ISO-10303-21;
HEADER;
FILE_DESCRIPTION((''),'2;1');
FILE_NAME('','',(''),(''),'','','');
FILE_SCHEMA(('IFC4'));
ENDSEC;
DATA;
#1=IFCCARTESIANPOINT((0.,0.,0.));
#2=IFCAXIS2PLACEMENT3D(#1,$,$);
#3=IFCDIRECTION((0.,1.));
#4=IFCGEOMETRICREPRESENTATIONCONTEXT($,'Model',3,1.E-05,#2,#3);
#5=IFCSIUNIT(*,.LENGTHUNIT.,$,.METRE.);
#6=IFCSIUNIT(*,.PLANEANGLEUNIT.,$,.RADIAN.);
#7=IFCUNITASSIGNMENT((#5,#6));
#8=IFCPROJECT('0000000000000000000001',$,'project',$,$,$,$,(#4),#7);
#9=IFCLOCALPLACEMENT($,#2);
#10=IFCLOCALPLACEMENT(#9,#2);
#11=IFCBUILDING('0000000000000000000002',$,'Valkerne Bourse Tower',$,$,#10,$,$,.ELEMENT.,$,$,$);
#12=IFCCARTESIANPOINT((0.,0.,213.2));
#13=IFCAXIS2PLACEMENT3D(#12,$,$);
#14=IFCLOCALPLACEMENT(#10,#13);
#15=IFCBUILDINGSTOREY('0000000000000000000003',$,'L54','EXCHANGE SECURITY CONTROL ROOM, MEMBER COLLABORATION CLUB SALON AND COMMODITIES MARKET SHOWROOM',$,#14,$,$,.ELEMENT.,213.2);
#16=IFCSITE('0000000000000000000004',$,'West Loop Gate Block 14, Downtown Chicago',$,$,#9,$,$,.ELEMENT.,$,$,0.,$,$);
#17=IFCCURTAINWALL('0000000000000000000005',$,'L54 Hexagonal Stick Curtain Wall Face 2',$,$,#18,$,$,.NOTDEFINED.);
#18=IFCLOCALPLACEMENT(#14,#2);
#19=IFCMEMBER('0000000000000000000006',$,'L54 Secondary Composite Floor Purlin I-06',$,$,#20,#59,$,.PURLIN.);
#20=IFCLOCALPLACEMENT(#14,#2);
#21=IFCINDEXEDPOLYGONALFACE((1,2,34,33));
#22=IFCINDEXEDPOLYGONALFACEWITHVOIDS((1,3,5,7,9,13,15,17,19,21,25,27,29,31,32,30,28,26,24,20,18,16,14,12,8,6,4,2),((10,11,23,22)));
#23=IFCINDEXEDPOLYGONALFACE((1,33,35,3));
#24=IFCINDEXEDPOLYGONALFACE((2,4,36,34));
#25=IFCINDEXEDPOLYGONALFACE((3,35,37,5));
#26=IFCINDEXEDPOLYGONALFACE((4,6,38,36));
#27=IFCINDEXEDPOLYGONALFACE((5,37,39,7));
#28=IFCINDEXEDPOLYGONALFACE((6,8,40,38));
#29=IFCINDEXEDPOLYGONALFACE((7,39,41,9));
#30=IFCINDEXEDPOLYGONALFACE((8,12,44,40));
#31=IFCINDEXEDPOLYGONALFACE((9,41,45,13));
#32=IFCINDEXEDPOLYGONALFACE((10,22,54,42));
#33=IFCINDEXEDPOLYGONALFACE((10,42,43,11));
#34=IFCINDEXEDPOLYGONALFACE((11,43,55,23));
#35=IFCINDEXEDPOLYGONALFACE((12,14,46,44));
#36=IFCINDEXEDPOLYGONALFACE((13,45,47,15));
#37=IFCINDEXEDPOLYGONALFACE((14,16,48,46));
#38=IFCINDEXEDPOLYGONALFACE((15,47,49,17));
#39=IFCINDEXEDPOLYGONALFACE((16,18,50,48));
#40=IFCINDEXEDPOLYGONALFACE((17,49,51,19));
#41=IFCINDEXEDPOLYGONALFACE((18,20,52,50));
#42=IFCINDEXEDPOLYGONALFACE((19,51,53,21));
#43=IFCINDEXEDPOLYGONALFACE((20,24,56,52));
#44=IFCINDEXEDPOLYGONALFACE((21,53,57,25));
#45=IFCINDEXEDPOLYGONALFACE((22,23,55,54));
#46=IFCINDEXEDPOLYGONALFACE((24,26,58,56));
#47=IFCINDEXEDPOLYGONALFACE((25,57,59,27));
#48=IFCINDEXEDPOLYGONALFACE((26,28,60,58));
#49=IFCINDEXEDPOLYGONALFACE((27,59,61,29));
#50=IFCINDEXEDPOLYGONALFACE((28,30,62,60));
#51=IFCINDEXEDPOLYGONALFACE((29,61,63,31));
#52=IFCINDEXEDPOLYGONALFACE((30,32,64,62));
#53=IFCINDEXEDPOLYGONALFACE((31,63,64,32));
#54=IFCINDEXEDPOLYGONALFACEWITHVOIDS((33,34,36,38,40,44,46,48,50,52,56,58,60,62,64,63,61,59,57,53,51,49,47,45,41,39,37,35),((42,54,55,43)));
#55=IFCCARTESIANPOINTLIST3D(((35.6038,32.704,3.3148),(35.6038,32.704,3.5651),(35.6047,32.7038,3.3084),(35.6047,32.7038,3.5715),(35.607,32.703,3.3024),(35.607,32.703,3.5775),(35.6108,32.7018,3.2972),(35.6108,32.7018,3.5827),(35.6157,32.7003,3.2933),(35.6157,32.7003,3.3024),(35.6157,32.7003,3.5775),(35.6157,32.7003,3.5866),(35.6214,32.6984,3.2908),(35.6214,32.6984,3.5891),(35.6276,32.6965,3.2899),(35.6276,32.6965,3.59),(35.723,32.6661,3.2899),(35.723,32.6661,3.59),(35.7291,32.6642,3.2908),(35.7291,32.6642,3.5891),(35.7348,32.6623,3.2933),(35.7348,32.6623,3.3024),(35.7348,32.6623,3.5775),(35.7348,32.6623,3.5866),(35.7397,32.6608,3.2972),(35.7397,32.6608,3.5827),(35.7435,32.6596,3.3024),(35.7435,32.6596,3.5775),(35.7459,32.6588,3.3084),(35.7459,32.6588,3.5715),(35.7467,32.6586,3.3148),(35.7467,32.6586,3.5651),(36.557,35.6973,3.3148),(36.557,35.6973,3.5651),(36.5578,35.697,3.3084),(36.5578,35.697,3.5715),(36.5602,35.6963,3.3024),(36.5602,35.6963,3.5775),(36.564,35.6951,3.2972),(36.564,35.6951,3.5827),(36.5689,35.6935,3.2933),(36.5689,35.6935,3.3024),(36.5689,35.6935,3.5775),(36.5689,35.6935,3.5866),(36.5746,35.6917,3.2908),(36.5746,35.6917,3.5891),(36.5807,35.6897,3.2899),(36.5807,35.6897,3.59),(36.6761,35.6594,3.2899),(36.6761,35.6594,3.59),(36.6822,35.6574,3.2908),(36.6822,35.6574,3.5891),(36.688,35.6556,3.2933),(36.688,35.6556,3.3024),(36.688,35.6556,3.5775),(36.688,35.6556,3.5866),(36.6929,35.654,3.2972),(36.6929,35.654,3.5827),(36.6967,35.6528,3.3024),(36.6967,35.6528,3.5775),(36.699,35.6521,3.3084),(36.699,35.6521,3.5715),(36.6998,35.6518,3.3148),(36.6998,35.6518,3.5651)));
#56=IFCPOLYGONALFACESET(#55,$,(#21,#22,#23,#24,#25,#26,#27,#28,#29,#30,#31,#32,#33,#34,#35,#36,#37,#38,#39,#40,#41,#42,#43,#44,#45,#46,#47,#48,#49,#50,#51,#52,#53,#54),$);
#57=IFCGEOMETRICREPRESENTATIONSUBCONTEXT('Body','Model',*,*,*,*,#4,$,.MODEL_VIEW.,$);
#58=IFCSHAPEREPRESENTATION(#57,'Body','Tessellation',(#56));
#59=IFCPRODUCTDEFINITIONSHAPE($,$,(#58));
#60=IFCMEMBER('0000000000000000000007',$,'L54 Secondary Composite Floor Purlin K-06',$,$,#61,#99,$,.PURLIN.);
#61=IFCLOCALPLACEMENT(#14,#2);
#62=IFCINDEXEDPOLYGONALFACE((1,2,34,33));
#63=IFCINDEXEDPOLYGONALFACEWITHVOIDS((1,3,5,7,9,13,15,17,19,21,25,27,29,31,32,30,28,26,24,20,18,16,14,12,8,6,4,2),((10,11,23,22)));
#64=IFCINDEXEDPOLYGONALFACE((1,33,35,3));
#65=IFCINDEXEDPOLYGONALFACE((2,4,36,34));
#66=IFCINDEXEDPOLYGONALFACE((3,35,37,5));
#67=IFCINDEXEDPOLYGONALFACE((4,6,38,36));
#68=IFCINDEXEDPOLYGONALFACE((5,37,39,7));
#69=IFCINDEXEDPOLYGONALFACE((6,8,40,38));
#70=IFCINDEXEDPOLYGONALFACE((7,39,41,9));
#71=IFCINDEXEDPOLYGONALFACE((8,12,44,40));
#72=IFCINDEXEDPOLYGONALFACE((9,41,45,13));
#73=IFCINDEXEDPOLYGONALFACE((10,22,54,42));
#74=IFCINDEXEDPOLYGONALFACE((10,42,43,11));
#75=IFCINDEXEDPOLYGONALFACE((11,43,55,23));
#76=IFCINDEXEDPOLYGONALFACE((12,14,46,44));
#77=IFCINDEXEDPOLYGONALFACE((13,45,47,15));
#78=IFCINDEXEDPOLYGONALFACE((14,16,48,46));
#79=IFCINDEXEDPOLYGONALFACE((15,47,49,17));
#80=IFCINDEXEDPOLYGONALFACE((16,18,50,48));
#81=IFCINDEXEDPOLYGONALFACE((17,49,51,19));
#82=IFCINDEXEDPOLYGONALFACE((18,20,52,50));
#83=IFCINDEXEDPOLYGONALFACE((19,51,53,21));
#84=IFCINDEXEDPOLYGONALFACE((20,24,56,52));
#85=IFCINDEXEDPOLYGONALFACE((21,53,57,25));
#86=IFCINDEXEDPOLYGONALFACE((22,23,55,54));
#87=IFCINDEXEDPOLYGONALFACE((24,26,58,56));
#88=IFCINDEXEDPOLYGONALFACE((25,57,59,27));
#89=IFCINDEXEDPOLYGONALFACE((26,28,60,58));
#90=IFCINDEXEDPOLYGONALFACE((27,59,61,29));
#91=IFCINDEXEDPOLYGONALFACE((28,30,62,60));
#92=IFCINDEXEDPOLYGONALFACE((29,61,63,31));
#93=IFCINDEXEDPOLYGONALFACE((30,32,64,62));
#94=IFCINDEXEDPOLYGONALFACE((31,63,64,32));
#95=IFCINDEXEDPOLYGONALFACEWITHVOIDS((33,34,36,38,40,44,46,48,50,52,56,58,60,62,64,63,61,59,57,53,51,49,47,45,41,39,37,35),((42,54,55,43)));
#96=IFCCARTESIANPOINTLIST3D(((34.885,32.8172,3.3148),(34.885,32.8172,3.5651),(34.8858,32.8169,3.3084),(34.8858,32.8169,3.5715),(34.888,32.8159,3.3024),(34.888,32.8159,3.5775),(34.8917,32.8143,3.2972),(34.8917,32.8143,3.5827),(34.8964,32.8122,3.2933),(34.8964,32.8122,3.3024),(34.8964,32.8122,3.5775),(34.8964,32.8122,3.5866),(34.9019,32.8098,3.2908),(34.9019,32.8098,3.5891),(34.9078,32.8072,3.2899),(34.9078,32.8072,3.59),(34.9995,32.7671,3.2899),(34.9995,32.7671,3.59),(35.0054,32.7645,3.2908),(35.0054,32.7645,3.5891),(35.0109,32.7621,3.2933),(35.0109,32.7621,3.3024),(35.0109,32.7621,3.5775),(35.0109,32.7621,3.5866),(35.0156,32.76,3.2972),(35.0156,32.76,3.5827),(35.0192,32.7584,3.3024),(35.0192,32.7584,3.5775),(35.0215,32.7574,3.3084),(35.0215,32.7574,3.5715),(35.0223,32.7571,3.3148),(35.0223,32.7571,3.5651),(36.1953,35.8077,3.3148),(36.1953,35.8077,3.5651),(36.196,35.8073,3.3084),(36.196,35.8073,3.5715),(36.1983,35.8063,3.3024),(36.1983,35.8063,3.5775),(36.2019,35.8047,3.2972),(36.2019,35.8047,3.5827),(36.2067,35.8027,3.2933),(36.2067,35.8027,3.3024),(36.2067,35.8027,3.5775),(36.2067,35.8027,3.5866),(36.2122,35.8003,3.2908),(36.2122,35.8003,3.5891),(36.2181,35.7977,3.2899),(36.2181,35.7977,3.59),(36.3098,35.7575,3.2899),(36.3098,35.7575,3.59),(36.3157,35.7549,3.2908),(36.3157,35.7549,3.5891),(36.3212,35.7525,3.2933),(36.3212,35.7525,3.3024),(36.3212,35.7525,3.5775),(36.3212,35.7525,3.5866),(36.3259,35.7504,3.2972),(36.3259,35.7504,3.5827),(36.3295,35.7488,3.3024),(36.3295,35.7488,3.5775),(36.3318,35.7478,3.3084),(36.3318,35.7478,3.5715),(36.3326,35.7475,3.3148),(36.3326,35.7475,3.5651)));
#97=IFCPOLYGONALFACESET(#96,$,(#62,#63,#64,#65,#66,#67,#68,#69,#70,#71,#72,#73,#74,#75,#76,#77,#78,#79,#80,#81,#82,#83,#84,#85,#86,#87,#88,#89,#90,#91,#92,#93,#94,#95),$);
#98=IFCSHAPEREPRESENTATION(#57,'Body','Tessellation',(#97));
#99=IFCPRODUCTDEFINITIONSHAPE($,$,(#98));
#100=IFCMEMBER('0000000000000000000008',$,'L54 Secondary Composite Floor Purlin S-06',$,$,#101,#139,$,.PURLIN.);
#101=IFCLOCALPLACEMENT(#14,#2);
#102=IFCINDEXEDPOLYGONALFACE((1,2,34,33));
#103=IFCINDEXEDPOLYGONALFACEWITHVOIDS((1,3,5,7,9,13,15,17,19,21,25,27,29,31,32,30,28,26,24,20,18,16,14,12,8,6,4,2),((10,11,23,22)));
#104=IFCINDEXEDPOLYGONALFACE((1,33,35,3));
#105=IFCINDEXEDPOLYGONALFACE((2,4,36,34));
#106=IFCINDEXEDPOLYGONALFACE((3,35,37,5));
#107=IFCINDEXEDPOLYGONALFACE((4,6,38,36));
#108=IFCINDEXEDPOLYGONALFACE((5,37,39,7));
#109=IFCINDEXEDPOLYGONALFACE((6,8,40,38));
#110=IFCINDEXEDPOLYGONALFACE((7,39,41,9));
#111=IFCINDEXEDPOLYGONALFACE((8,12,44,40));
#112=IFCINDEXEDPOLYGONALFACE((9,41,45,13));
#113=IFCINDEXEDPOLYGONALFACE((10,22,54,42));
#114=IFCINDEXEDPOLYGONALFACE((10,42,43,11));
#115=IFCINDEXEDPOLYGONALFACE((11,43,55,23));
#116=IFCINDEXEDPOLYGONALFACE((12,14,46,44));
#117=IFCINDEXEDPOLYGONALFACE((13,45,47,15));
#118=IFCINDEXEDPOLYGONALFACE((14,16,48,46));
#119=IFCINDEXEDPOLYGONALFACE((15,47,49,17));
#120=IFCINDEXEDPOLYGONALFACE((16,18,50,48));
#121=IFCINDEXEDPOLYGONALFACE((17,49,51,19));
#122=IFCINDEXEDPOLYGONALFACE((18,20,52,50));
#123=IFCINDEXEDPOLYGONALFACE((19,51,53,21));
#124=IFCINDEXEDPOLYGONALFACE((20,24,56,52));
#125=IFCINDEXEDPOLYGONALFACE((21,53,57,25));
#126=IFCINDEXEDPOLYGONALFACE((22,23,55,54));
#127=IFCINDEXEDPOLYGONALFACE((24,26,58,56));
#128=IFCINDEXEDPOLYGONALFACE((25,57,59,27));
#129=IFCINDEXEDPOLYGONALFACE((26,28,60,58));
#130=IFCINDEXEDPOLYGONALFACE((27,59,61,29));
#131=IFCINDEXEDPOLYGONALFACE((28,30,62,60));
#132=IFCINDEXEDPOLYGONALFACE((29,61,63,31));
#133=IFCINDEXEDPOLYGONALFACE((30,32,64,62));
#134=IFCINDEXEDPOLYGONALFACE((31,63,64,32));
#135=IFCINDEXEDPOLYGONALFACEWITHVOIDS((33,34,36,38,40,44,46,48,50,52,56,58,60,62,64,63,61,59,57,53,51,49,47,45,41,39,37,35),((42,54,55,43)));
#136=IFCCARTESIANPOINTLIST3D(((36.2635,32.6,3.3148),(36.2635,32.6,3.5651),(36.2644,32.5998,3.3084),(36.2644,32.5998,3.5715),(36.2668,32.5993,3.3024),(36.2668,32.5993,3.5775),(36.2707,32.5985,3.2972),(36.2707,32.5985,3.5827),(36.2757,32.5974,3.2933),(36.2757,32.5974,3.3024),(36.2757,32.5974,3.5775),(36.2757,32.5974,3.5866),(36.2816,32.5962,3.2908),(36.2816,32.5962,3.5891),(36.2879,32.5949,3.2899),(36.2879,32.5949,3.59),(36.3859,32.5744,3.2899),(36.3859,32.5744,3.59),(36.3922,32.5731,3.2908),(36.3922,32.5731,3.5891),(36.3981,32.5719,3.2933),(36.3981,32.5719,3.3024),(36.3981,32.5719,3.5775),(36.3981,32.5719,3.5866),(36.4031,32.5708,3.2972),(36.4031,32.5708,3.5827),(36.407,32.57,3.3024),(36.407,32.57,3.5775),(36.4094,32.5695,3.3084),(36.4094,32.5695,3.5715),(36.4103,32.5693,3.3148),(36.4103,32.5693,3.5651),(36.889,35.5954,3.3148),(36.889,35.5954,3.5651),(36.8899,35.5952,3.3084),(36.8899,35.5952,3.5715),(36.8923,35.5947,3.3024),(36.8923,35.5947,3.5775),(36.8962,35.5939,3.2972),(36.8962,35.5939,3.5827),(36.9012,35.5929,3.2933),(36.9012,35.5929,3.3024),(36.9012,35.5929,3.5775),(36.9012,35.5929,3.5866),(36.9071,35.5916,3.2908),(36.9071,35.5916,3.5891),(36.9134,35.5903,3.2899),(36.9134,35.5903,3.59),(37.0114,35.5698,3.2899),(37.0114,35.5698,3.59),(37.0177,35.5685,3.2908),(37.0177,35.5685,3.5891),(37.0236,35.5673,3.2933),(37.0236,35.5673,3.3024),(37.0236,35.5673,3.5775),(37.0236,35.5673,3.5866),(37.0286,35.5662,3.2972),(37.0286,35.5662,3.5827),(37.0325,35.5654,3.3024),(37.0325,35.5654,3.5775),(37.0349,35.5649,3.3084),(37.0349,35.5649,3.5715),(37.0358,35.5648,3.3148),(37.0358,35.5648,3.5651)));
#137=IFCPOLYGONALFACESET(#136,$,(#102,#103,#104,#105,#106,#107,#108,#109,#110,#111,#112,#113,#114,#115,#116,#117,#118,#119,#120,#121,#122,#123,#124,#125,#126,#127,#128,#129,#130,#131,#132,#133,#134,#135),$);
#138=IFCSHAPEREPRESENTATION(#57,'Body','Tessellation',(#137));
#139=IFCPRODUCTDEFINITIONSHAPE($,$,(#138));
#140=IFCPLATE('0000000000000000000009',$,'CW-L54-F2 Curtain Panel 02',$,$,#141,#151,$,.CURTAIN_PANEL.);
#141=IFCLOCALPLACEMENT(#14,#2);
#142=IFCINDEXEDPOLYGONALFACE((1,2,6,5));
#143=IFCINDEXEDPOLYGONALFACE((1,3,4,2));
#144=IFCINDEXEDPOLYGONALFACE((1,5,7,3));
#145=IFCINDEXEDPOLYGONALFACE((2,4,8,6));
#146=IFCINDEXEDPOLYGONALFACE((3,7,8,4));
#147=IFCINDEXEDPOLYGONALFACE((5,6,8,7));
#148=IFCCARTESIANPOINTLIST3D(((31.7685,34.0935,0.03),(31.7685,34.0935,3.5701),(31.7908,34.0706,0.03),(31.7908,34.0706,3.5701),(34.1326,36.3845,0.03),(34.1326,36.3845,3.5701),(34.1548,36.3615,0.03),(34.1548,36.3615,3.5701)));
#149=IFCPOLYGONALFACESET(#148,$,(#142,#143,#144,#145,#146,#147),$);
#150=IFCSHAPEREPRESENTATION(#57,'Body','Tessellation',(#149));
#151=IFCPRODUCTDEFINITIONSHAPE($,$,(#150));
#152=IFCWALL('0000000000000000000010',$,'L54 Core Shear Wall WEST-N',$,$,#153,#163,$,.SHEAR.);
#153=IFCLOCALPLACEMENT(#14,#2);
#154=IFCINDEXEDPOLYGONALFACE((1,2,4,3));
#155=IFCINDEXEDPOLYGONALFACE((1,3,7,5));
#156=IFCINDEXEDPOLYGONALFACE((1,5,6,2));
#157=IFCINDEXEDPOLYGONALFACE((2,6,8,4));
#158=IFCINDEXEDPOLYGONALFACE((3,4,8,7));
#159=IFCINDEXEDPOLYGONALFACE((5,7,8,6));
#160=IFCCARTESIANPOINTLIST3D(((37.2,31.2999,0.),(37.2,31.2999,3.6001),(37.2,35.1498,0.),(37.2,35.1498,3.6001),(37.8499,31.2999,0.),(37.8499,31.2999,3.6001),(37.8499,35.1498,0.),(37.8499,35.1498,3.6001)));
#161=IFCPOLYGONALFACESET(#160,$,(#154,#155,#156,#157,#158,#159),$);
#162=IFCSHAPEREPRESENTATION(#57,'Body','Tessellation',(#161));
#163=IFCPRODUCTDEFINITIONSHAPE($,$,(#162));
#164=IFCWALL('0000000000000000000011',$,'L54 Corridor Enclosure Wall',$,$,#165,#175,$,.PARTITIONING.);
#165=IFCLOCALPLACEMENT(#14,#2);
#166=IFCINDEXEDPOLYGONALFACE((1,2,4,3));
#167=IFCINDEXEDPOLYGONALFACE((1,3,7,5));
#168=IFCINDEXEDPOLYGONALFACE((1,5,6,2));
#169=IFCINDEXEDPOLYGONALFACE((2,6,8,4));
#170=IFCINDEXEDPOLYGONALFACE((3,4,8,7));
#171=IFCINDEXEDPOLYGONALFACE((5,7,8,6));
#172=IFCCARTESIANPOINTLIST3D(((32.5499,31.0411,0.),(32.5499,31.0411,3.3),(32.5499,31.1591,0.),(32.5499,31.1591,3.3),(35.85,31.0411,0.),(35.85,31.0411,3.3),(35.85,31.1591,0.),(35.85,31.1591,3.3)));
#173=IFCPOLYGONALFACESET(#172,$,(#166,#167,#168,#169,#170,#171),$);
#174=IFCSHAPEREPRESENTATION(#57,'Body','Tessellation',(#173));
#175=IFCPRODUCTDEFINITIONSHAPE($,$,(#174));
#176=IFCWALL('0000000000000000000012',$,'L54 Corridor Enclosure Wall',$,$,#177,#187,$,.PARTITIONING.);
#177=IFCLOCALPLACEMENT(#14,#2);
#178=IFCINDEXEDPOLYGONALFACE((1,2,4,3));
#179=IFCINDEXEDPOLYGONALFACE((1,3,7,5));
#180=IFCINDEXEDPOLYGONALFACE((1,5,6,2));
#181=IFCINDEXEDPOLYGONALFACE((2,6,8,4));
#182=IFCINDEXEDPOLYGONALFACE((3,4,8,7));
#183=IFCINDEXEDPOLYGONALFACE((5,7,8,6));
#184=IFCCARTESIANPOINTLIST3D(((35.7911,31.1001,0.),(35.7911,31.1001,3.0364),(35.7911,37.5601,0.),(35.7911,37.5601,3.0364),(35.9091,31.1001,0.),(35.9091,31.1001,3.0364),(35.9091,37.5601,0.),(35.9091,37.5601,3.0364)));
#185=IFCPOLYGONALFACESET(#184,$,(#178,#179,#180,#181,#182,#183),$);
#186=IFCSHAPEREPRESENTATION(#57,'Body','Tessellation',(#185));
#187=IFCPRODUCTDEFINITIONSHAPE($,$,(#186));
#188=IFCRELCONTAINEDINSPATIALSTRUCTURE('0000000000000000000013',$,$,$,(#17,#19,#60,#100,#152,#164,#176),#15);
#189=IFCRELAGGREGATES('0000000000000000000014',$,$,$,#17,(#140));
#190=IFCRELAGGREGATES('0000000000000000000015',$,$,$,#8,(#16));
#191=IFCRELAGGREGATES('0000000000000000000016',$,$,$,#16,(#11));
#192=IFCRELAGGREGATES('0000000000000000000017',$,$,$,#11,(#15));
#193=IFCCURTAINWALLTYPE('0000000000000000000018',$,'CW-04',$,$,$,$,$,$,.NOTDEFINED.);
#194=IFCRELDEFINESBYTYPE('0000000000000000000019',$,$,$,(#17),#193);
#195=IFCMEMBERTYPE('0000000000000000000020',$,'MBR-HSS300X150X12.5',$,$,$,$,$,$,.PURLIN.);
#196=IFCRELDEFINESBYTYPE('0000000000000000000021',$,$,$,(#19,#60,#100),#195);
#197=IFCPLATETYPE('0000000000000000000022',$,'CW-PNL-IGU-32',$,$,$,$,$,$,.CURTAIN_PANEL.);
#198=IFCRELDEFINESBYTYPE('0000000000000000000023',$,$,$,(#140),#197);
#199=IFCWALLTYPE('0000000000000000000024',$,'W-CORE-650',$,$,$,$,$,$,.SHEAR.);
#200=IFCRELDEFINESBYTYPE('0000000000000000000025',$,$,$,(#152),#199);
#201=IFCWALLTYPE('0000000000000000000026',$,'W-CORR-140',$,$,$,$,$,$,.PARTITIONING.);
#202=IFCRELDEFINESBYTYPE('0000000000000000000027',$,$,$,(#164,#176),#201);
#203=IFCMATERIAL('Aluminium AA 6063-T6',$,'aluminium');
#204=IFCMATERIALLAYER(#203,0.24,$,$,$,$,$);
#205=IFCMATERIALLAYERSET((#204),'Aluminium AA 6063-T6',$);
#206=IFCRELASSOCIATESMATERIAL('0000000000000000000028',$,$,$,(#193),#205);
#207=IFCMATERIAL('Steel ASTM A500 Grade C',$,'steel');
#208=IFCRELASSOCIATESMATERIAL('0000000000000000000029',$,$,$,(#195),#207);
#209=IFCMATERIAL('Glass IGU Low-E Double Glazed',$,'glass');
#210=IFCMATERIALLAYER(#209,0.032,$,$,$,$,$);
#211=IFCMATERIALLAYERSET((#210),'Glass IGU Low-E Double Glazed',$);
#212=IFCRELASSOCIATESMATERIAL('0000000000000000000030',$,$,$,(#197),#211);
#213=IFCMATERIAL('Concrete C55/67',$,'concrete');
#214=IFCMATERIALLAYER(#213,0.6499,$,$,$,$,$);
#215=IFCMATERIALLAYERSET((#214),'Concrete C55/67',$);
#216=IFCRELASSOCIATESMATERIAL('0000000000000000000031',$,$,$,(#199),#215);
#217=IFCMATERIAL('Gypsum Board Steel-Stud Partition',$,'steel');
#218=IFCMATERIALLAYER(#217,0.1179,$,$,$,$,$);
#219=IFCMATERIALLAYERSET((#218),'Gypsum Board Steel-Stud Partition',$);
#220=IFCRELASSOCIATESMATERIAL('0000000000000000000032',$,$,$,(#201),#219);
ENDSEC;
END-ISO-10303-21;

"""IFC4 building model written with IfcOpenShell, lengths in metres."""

from ifc_helpers import new_model, si_unit, direction, frame, frame_2d, origin, origin_2d, place, context, subcontext, project, spatial, rectangle, hollow_rectangle, extrude, material, layer, layer_set, material_profile, profile_set, type_object, element, aggregate, save


model = new_model("IFC4")

# Units and contexts
model_context = context("Model", 3, precision=1e-05, world=origin(), true_north=direction((0.0, 1.0)))
body_context = subcontext(model_context, "Body", "Model", "MODEL_VIEW")
ifc_project = project(units=[si_unit("LENGTHUNIT", "METRE"), si_unit("PLANEANGLEUNIT", "RADIAN")], contexts=[model_context])

# Site, building, storey
site_placement = place(None, origin())
site = spatial("IfcSite", under=ifc_project, at=site_placement, Name="West Loop Gate Block 14, Downtown Chicago", CompositionType="ELEMENT", RefElevation=0.0)
building_placement = place(site_placement, origin())
building = spatial("IfcBuilding", under=site, at=building_placement, Name="Valkerne Bourse Tower", CompositionType="ELEMENT")
storey_placement = place(building_placement, frame((0.0, 0.0, 213.2)))
storey = spatial("IfcBuildingStorey", under=building, at=storey_placement, Name="L54", Description="EXCHANGE SECURITY CONTROL ROOM, MEMBER COLLABORATION CLUB SALON AND COMMODITIES MARKET SHOWROOM", CompositionType="ELEMENT", Elevation=213.2)

# Curtain wall
ifc_material_1 = material(Name="Aluminium AA 6063-T6", Category="aluminium")
ifc_layer_1 = layer(ifc_material_1, 0.24)
ifc_layer_set_1 = layer_set([ifc_layer_1], Name="Aluminium AA 6063-T6")
curtain_wall_type = type_object("IfcCurtainWallType", Name="CW-04", PredefinedType="NOTDEFINED", material=ifc_layer_set_1)
curtain_wall_1_placement = place(storey_placement, origin())
curtain_wall_1 = element("IfcCurtainWall", 1, at=curtain_wall_1_placement, inside=storey, type_object=curtain_wall_type, Name="L54 Hexagonal Stick Curtain Wall Face 2", PredefinedType="NOTDEFINED")

# Members
ifc_material_2 = material(Name="Steel ASTM A500 Grade C", Category="steel")
ifc_material_profile_1 = material_profile(ifc_material_2, hollow_rectangle(XDim=0.1499, YDim=0.3, WallThickness=0.0125, OuterFilletRadius=0.0249, at=origin_2d()), Name="HSS300X150X12.5")
ifc_profile_set_1 = profile_set([ifc_material_profile_1], Name="Steel ASTM A500 Grade C")
member_type_1 = type_object("IfcMemberType", Name="MBR-HSS300X150X12.5", PredefinedType="PURLIN", material=ifc_profile_set_1)
member_1_placement = place(storey_placement, frame((36.6284, 35.6746, 3.4399), z_axis=(-0.303422, -0.952856, 0.0), x_axis=(0.952856, -0.303422, 0.0)))
element("IfcMember", 2, at=member_1_placement, inside=storey, type_object=member_type_1, Name="L54 Secondary Composite Floor Purlin I-06", PredefinedType="PURLIN", context=body_context, shape_type="SweptSolid", body=[
    extrude(hollow_rectangle(XDim=0.1499, YDim=0.3, WallThickness=0.0125, OuterFilletRadius=0.0249, at=origin_2d()), origin(), (0.0, 0.0, 1.0), 3.1414),
])
member_2_placement = place(storey_placement, frame((36.2639, 35.7776, 3.4399), z_axis=(-0.401325, -0.915936, 0.0), x_axis=(0.915936, -0.401325, 0.0)))
element("IfcMember", 3, at=member_2_placement, inside=storey, type_object=member_type_1, Name="L54 Secondary Composite Floor Purlin K-06", PredefinedType="PURLIN", context=body_context, shape_type="SweptSolid", body=[
    extrude(hollow_rectangle(XDim=0.1499, YDim=0.3, WallThickness=0.0125, OuterFilletRadius=0.0249, at=origin_2d()), origin(), (0.0, 0.0, 1.0), 3.2649),
])
member_3_placement = place(storey_placement, frame((36.9624, 35.5801, 3.4399), z_axis=(-0.20441, -0.978885, 0.0), x_axis=(0.978885, -0.20441, 0.0)))
element("IfcMember", 4, at=member_3_placement, inside=storey, type_object=member_type_1, Name="L54 Secondary Composite Floor Purlin S-06", PredefinedType="PURLIN", context=body_context, shape_type="SweptSolid", body=[
    extrude(hollow_rectangle(XDim=0.1499, YDim=0.3, WallThickness=0.0125, OuterFilletRadius=0.0249, at=origin_2d()), origin(), (0.0, 0.0, 1.0), 3.0601),
])

# Plate
ifc_material_3 = material(Name="Glass IGU Low-E Double Glazed", Category="glass")
ifc_layer_2 = layer(ifc_material_3, 0.032)
ifc_layer_set_2 = layer_set([ifc_layer_2], Name="Glass IGU Low-E Double Glazed")
plate_type = type_object("IfcPlateType", Name="CW-PNL-IGU-32", PredefinedType="CURTAIN_PANEL", material=ifc_layer_set_2)
plate_placement = place(storey_placement, frame((32.9617, 35.2275, 0.03), z_axis=(0.0, 0.0, 1.0), x_axis=(-0.718119, -0.69592, 0.0)))
plate = element("IfcPlate", 5, at=plate_placement, type_object=plate_type, Name="CW-L54-F2 Curtain Panel 02", PredefinedType="CURTAIN_PANEL", context=body_context, shape_type="SweptSolid", body=[
    extrude(rectangle(XDim=3.292, YDim=0.032, at=origin_2d()), origin(), (0.0, 0.0, 1.0), 3.54),
])
aggregate(curtain_wall_1, [plate])

# Shared definitions
ifc_material_4 = material(Name="Concrete C55/67", Category="concrete")
ifc_layer_3 = layer(ifc_material_4, 0.6499)
ifc_layer_set_3 = layer_set([ifc_layer_3], Name="Concrete C55/67")
wall_type_1 = type_object("IfcWallType", Name="W-CORE-650", PredefinedType="SHEAR", material=ifc_layer_set_3)

# Walls
wall_1_placement = place(storey_placement, frame((37.5249, 31.3, 0.0), z_axis=(0.0, 0.0, 1.0), x_axis=(0.0, 1.0, 0.0)))
element("IfcWall", 6, at=wall_1_placement, inside=storey, type_object=wall_type_1, Name="L54 Core Shear Wall WEST-N", PredefinedType="SHEAR", context=body_context, shape_type="SweptSolid", body=[
    extrude(rectangle(XDim=3.8499, YDim=0.6499, at=frame_2d((1.9248, 0.0))), origin(), (0.0, 0.0, 1.0), 3.6001),
])
ifc_material_5 = material(Name="Gypsum Board Steel-Stud Partition", Category="steel")
ifc_layer_4 = layer(ifc_material_5, 0.1179)
ifc_layer_set_4 = layer_set([ifc_layer_4], Name="Gypsum Board Steel-Stud Partition")
wall_type_2 = type_object("IfcWallType", Name="W-CORR-140", PredefinedType="PARTITIONING", material=ifc_layer_set_4)
wall_2_placement = place(storey_placement, frame((32.55, 31.1001, 0.0), z_axis=(0.0, 0.0, 1.0), x_axis=(1.0, 0.0, 0.0)))
element("IfcWall", 7, at=wall_2_placement, inside=storey, type_object=wall_type_2, Name="L54 Corridor Enclosure Wall", PredefinedType="PARTITIONING", context=body_context, shape_type="SweptSolid", body=[
    extrude(rectangle(XDim=3.3, YDim=0.1179, at=frame_2d((1.6499, 0.0))), origin(), (0.0, 0.0, 1.0), 3.3),
])
wall_3_placement = place(storey_placement, frame((35.8501, 31.1001, 0.0), z_axis=(0.0, 0.0, 1.0), x_axis=(0.0, 1.0, 0.0)))
element("IfcWall", 8, at=wall_3_placement, inside=storey, type_object=wall_type_2, Name="L54 Corridor Enclosure Wall", PredefinedType="PARTITIONING", context=body_context, shape_type="SweptSolid", body=[
    extrude(rectangle(XDim=6.46, YDim=0.1179, at=frame_2d((3.23, 0.0))), origin(), (0.0, 0.0, 1.0), 3.0364),
])

save(model, "model.ifc")
